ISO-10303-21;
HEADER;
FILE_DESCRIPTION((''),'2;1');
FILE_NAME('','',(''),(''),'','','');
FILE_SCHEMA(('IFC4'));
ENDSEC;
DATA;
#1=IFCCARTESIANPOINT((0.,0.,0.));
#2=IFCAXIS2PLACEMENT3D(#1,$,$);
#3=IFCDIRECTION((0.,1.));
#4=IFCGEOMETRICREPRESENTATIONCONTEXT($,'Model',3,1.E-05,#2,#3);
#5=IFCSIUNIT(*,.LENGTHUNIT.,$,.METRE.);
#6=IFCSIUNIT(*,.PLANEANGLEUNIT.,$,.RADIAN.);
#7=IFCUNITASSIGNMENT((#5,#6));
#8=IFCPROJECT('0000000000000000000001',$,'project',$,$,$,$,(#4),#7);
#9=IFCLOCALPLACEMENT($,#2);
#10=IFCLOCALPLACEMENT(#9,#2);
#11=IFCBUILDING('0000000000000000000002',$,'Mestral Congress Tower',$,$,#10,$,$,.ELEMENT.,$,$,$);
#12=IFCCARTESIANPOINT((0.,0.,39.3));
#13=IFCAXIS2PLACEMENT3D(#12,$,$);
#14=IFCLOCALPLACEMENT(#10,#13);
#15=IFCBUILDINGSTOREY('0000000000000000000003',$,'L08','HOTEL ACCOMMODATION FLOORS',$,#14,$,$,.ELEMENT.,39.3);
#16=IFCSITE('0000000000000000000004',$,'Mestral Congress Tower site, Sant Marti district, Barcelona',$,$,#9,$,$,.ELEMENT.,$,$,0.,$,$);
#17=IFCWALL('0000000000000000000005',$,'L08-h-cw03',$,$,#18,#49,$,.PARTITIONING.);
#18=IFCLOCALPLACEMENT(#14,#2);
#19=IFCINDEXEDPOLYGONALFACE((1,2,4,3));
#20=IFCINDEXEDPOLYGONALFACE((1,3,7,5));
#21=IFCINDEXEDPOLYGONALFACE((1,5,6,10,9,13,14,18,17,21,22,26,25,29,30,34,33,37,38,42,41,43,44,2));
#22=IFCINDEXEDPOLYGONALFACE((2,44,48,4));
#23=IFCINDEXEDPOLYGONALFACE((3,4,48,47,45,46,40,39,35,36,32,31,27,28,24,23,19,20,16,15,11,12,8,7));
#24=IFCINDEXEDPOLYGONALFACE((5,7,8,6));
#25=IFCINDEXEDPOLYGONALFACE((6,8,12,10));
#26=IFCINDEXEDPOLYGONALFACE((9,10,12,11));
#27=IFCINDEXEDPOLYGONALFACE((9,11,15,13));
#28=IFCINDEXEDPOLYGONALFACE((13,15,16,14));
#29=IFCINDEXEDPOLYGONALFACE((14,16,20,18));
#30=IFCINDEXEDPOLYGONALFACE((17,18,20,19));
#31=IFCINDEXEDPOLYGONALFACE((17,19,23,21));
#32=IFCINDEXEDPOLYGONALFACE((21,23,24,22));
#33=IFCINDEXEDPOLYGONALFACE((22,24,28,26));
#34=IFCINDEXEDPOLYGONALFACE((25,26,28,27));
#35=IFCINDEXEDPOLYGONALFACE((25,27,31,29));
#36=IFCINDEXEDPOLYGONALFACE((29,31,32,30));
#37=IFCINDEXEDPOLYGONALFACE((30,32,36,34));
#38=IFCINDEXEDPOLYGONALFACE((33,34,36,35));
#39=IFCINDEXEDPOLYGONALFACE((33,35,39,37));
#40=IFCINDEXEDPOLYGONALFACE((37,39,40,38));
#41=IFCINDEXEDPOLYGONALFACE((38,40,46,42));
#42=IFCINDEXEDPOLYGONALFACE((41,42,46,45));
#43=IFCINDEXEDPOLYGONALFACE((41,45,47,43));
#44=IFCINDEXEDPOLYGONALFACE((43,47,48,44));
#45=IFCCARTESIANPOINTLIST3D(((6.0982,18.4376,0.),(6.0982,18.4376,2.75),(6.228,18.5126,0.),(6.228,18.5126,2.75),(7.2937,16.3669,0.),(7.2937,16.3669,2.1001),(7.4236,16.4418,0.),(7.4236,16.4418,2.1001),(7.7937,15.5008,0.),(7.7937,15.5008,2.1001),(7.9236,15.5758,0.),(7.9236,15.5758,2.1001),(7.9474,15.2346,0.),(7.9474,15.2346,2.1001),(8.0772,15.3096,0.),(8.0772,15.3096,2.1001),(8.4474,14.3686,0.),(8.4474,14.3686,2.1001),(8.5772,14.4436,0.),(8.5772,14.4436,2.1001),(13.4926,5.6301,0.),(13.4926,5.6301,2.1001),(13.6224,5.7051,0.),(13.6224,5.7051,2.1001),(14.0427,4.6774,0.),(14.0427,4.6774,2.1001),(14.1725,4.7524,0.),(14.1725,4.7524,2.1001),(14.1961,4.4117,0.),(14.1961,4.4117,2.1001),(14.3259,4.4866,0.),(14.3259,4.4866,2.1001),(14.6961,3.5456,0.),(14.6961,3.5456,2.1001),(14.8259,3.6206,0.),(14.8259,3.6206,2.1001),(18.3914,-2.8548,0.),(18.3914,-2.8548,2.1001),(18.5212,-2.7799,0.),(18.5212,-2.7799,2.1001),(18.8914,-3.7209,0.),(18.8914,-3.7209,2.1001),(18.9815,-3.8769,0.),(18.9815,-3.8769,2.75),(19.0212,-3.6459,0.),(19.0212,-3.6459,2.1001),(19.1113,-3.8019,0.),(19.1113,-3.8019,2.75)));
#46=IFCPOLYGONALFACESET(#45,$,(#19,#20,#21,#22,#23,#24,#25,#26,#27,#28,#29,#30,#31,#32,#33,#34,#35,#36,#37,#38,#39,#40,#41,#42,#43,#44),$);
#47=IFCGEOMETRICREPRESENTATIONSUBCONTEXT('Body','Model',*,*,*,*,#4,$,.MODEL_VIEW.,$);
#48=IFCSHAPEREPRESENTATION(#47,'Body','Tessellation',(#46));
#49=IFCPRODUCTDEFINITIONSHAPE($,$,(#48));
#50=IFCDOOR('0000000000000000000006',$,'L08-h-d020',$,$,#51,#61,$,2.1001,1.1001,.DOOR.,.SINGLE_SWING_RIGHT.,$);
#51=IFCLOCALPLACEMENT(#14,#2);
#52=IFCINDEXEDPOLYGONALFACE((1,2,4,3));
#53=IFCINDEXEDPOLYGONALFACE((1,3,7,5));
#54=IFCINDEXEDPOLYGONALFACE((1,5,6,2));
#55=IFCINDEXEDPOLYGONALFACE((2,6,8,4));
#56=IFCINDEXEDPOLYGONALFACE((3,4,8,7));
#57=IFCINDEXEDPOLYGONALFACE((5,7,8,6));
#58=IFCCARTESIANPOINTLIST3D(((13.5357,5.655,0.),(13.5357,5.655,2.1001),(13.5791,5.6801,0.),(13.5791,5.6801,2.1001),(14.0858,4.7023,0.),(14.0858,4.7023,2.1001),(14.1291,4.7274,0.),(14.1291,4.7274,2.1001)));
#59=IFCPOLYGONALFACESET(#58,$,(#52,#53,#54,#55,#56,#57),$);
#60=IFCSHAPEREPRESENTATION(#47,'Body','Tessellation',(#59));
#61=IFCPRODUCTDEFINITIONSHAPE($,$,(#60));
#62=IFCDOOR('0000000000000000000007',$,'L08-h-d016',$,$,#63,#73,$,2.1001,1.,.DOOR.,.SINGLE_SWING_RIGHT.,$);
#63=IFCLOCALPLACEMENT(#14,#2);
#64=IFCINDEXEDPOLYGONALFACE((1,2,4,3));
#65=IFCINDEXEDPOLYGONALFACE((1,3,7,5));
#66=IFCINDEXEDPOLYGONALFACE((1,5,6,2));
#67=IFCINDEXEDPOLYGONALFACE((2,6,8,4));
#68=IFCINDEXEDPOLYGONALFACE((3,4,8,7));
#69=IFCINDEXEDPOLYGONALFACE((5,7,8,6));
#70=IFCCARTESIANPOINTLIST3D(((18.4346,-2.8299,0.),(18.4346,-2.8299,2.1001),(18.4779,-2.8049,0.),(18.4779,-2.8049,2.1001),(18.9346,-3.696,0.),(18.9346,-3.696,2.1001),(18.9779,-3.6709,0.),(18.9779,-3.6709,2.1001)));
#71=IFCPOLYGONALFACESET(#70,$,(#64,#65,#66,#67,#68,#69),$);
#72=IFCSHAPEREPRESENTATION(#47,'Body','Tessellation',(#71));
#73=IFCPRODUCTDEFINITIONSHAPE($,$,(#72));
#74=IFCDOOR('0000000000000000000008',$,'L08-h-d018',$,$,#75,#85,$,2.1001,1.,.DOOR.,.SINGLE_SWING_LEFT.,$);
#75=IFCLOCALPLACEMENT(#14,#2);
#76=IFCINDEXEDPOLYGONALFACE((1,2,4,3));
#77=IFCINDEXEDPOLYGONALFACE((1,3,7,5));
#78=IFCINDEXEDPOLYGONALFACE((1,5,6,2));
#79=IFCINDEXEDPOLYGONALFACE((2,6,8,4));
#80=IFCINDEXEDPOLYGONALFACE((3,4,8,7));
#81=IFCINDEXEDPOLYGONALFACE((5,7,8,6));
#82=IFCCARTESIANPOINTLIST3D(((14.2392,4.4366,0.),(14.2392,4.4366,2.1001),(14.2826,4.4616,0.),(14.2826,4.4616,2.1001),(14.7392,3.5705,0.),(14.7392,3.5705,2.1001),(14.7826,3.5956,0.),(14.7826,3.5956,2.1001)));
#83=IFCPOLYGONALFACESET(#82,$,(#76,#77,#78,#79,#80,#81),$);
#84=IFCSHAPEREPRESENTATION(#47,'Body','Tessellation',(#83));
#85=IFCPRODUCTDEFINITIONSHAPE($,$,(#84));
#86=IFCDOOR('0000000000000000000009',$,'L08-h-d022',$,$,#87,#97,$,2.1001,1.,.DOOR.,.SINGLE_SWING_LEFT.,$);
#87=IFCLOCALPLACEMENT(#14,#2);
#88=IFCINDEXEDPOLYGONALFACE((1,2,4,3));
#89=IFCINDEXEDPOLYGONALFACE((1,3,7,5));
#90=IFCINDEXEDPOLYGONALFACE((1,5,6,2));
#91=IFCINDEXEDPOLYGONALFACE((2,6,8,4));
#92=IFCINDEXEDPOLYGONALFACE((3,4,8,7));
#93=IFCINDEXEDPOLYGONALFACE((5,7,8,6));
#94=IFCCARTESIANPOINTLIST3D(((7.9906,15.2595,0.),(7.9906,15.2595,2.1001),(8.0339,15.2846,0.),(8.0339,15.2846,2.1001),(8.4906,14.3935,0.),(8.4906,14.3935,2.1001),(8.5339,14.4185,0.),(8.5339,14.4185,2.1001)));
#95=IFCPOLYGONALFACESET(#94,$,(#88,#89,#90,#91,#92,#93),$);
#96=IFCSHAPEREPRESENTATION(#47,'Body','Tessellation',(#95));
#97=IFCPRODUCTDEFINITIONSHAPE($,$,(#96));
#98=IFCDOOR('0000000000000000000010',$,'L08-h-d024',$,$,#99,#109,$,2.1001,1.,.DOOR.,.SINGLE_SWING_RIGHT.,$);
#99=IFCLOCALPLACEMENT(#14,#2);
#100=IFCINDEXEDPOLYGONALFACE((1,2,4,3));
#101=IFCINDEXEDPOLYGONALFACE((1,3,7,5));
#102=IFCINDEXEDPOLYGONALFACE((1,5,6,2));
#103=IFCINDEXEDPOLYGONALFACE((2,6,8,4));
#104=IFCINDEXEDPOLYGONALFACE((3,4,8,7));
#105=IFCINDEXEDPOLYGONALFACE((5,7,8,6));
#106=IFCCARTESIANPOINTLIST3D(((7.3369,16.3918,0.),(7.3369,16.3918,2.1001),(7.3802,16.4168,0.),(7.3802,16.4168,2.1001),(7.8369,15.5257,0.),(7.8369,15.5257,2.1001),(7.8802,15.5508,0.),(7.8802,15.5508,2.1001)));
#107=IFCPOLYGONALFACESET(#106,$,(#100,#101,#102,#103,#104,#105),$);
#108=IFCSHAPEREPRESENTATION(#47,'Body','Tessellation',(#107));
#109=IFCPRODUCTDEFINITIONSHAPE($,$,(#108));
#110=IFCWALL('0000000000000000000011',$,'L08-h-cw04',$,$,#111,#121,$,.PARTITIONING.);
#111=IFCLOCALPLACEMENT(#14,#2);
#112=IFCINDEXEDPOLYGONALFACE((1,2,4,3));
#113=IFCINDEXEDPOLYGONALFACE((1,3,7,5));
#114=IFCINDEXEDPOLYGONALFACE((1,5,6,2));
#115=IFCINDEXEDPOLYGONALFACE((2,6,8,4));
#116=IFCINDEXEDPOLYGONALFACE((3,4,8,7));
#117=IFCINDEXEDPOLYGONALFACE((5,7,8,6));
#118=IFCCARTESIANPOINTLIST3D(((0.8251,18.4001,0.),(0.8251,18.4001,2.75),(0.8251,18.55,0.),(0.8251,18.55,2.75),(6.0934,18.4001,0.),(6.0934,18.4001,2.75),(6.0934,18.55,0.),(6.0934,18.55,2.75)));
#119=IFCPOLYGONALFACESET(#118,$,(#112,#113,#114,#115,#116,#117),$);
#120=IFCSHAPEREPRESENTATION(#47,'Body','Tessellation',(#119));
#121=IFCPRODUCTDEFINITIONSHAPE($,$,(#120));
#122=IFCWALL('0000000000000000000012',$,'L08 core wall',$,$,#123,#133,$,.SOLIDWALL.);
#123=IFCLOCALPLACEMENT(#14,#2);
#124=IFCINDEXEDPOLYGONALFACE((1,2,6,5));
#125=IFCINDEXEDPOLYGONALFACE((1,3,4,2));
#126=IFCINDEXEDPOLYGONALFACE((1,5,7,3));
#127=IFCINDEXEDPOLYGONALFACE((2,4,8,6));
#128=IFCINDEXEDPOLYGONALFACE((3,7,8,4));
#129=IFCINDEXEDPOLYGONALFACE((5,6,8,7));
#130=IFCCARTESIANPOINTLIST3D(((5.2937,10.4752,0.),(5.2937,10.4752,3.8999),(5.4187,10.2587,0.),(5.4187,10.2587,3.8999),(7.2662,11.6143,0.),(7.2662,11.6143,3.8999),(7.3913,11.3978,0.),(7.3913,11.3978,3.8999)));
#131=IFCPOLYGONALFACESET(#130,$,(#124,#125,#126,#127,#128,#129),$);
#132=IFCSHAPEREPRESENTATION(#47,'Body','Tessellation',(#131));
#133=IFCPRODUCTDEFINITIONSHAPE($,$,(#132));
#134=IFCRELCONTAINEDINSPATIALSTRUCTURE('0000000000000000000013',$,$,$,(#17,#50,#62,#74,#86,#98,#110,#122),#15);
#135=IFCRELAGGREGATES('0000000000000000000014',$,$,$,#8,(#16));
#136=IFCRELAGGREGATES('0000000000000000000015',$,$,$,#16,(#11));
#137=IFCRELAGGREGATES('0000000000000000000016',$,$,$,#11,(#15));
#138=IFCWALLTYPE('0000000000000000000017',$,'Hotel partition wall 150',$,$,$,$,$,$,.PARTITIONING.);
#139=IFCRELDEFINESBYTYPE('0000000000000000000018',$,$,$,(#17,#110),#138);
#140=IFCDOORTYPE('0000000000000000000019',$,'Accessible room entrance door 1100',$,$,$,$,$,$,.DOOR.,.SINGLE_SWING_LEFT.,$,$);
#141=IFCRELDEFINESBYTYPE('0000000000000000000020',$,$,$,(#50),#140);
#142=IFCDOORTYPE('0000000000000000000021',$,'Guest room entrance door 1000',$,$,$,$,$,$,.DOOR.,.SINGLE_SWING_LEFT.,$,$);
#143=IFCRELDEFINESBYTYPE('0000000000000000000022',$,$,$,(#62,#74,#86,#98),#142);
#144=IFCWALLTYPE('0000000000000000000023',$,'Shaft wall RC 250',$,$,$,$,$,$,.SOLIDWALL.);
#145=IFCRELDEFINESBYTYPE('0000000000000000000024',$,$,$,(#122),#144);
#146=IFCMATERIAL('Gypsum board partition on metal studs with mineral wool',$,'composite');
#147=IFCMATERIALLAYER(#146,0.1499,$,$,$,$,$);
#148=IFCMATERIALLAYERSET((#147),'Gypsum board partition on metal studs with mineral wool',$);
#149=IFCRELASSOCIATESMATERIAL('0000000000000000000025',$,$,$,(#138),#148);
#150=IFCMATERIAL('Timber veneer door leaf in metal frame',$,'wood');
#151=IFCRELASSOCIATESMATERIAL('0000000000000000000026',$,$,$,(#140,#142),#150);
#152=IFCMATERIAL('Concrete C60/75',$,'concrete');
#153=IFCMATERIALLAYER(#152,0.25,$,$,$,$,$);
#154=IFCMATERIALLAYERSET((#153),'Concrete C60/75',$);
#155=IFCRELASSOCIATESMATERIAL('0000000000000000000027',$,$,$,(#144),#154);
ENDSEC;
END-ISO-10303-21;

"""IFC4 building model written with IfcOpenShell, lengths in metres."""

from ifc_helpers import new_model, si_unit, direction, frame, frame_2d, origin, place, context, subcontext, project, spatial, rectangle, extrude, material, layer, layer_set, type_object, element, fill, save


model = new_model("IFC4")

# Units and contexts
model_context = context("Model", 3, precision=1e-05, world=origin(), true_north=direction((0.0, 1.0)))
body_context = subcontext(model_context, "Body", "Model", "MODEL_VIEW")
ifc_project = project(units=[si_unit("LENGTHUNIT", "METRE"), si_unit("PLANEANGLEUNIT", "RADIAN")], contexts=[model_context])

# Site, building, storey
site_placement = place(None, origin())
site = spatial("IfcSite", under=ifc_project, at=site_placement, Name="Mestral Congress Tower site, Sant Marti district, Barcelona", CompositionType="ELEMENT", RefElevation=0.0)
building_placement = place(site_placement, origin())
building = spatial("IfcBuilding", under=site, at=building_placement, Name="Mestral Congress Tower", CompositionType="ELEMENT")
storey_placement = place(building_placement, frame((0.0, 0.0, 39.3)))
storey = spatial("IfcBuildingStorey", under=building, at=storey_placement, Name="L08", Description="HOTEL ACCOMMODATION FLOORS", CompositionType="ELEMENT", Elevation=39.3)

# Shared definitions
ifc_material_1 = material(Name="Concrete C60/75", Category="concrete")

# Shared definitions
ifc_material_2 = material(Name="Gypsum board partition on metal studs with mineral wool", Category="composite")

# Wall, openings, doors
ifc_layer_1 = layer(ifc_material_2, 0.1499)
ifc_layer_set_1 = layer_set([ifc_layer_1], Name="Gypsum board partition on metal studs with mineral wool")
wall_type_1 = type_object("IfcWallType", Name="Hotel partition wall 150", PredefinedType="PARTITIONING", material=ifc_layer_set_1)
wall_1_placement = place(storey_placement, frame((6.1631, 18.4751, 0.0), z_axis=(0.0, 0.0, 1.0), x_axis=(0.500001, -0.866025, 0.0)))
wall_1 = element("IfcWall", 1, at=wall_1_placement, inside=storey, type_object=wall_type_1, Name="L08-h-cw03", PredefinedType="PARTITIONING", context=body_context, shape_type="SweptSolid", body=[
    extrude(rectangle(XDim=25.7666, YDim=0.1499, at=frame_2d((12.8833, 0.0))), origin(), (0.0, 0.0, 1.0), 2.75),
])
opening_1_placement = place(wall_1_placement, frame((24.5864, 0.0, 0.0)))
opening_1 = element("IfcOpeningElement", 2, at=opening_1_placement, cuts=wall_1, PredefinedType="OPENING", context=body_context, shape_type="SweptSolid", body=[
    extrude(rectangle(XDim=1.0, YDim=2.1001, at=frame_2d((0.5, 1.05))), frame((0.0, 0.085, 0.0), z_axis=(0.0, -1.0, 0.0), x_axis=(1.0, 0.0, 0.0)), (0.0, 0.0, 1.0), 0.1699),
])
opening_2_placement = place(wall_1_placement, frame((16.1958, 0.0, 0.0)))
opening_2 = element("IfcOpeningElement", 3, at=opening_2_placement, cuts=wall_1, PredefinedType="OPENING", context=body_context, shape_type="SweptSolid", body=[
    extrude(rectangle(XDim=1.0, YDim=2.1001, at=frame_2d((0.5, 1.05))), frame((0.0, 0.085, 0.0), z_axis=(0.0, -1.0, 0.0), x_axis=(1.0, 0.0, 0.0)), (0.0, 0.0, 1.0), 0.1699),
])
opening_3_placement = place(wall_1_placement, frame((14.7888, 0.0, 0.0)))
opening_3 = element("IfcOpeningElement", 4, at=opening_3_placement, cuts=wall_1, PredefinedType="OPENING", context=body_context, shape_type="SweptSolid", body=[
    extrude(rectangle(XDim=1.1001, YDim=2.1001, at=frame_2d((0.55, 1.05))), frame((0.0, 0.085, 0.0), z_axis=(0.0, -1.0, 0.0), x_axis=(1.0, 0.0, 0.0)), (0.0, 0.0, 1.0), 0.1699),
])
opening_4_placement = place(wall_1_placement, frame((3.6985, 0.0, 0.0)))
opening_4 = element("IfcOpeningElement", 5, at=opening_4_placement, cuts=wall_1, PredefinedType="OPENING", context=body_context, shape_type="SweptSolid", body=[
    extrude(rectangle(XDim=1.0, YDim=2.1001, at=frame_2d((0.5, 1.05))), frame((0.0, 0.085, 0.0), z_axis=(0.0, -1.0, 0.0), x_axis=(1.0, 0.0, 0.0)), (0.0, 0.0, 1.0), 0.1699),
])
opening_5_placement = place(wall_1_placement, frame((2.3911, 0.0, 0.0)))
opening_5 = element("IfcOpeningElement", 6, at=opening_5_placement, cuts=wall_1, PredefinedType="OPENING", context=body_context, shape_type="SweptSolid", body=[
    extrude(rectangle(XDim=1.0, YDim=2.1001, at=frame_2d((0.5, 1.05))), frame((0.0, 0.085, 0.0), z_axis=(0.0, -1.0, 0.0), x_axis=(1.0, 0.0, 0.0)), (0.0, 0.0, 1.0), 0.1699),
])
ifc_material_3 = material(Name="Timber veneer door leaf in metal frame", Category="wood")
door_type_1 = type_object("IfcDoorType", Name="Accessible room entrance door 1100", OperationType="SINGLE_SWING_LEFT", PredefinedType="DOOR", material=ifc_material_3)
door_1_placement = place(opening_3_placement, origin())
door_1 = element("IfcDoor", 7, at=door_1_placement, inside=storey, type_object=door_type_1, Name="L08-h-d020", OperationType="SINGLE_SWING_RIGHT", OverallHeight=2.1001, OverallWidth=1.1001, PredefinedType="DOOR", context=body_context, shape_type="SweptSolid", body=[
    extrude(rectangle(XDim=1.1001, YDim=2.1001, at=frame_2d((0.55, 1.05))), frame((0.0, 0.0249, 0.0), z_axis=(0.0, -1.0, 0.0), x_axis=(1.0, 0.0, 0.0)), (0.0, 0.0, 1.0), 0.05),
])
fill(opening_3, door_1)
door_type_2 = type_object("IfcDoorType", Name="Guest room entrance door 1000", OperationType="SINGLE_SWING_LEFT", PredefinedType="DOOR", material=ifc_material_3)
door_2_placement = place(opening_1_placement, origin())
door_2 = element("IfcDoor", 8, at=door_2_placement, inside=storey, type_object=door_type_2, Name="L08-h-d016", OperationType="SINGLE_SWING_RIGHT", OverallHeight=2.1001, OverallWidth=1.0, PredefinedType="DOOR", context=body_context, shape_type="SweptSolid", body=[
    extrude(rectangle(XDim=1.0, YDim=2.1001, at=frame_2d((0.5, 1.05))), frame((0.0, 0.0249, 0.0), z_axis=(0.0, -1.0, 0.0), x_axis=(1.0, 0.0, 0.0)), (0.0, 0.0, 1.0), 0.05),
])
fill(opening_1, door_2)
door_3_placement = place(opening_2_placement, origin())
door_3 = element("IfcDoor", 9, at=door_3_placement, inside=storey, type_object=door_type_2, Name="L08-h-d018", OperationType="SINGLE_SWING_LEFT", OverallHeight=2.1001, OverallWidth=1.0, PredefinedType="DOOR", context=body_context, shape_type="SweptSolid", body=[
    extrude(rectangle(XDim=1.0, YDim=2.1001, at=frame_2d((0.5, 1.05))), frame((0.0, 0.0249, 0.0), z_axis=(0.0, -1.0, 0.0), x_axis=(1.0, 0.0, 0.0)), (0.0, 0.0, 1.0), 0.05),
])
fill(opening_2, door_3)
door_4_placement = place(opening_4_placement, origin())
door_4 = element("IfcDoor", 10, at=door_4_placement, inside=storey, type_object=door_type_2, Name="L08-h-d022", OperationType="SINGLE_SWING_LEFT", OverallHeight=2.1001, OverallWidth=1.0, PredefinedType="DOOR", context=body_context, shape_type="SweptSolid", body=[
    extrude(rectangle(XDim=1.0, YDim=2.1001, at=frame_2d((0.5, 1.05))), frame((0.0, 0.0249, 0.0), z_axis=(0.0, -1.0, 0.0), x_axis=(1.0, 0.0, 0.0)), (0.0, 0.0, 1.0), 0.05),
])
fill(opening_4, door_4)
door_5_placement = place(opening_5_placement, origin())
door_5 = element("IfcDoor", 11, at=door_5_placement, inside=storey, type_object=door_type_2, Name="L08-h-d024", OperationType="SINGLE_SWING_RIGHT", OverallHeight=2.1001, OverallWidth=1.0, PredefinedType="DOOR", context=body_context, shape_type="SweptSolid", body=[
    extrude(rectangle(XDim=1.0, YDim=2.1001, at=frame_2d((0.5, 1.05))), frame((0.0, 0.0249, 0.0), z_axis=(0.0, -1.0, 0.0), x_axis=(1.0, 0.0, 0.0)), (0.0, 0.0, 1.0), 0.05),
])
fill(opening_5, door_5)

# Walls
wall_2_placement = place(storey_placement, frame((0.825, 18.4751, 0.0), z_axis=(0.0, 0.0, 1.0), x_axis=(1.0, 0.0, 0.0)))
element("IfcWall", 12, at=wall_2_placement, inside=storey, type_object=wall_type_1, Name="L08-h-cw04", PredefinedType="PARTITIONING", context=body_context, shape_type="SweptSolid", body=[
    extrude(rectangle(XDim=5.2683, YDim=0.1499, at=frame_2d((2.6343, 0.0))), origin(), (0.0, 0.0, 1.0), 2.75),
])
ifc_layer_2 = layer(ifc_material_1, 0.25)
ifc_layer_set_2 = layer_set([ifc_layer_2], Name="Concrete C60/75")
wall_type_2 = type_object("IfcWallType", Name="Shaft wall RC 250", PredefinedType="SOLIDWALL", material=ifc_layer_set_2)
wall_3_placement = place(storey_placement, frame((5.3562, 10.3669, 0.0), z_axis=(0.0, 0.0, 1.0), x_axis=(0.865979, 0.500081, 0.0)))
element("IfcWall", 13, at=wall_3_placement, inside=storey, type_object=wall_type_2, Name="L08 core wall", PredefinedType="SOLIDWALL", context=body_context, shape_type="SweptSolid", body=[
    extrude(rectangle(XDim=2.2778, YDim=0.25, at=frame_2d((1.1389, 0.0))), origin(), (0.0, 0.0, 1.0), 3.8999),
])

save(model, "model.ifc")
